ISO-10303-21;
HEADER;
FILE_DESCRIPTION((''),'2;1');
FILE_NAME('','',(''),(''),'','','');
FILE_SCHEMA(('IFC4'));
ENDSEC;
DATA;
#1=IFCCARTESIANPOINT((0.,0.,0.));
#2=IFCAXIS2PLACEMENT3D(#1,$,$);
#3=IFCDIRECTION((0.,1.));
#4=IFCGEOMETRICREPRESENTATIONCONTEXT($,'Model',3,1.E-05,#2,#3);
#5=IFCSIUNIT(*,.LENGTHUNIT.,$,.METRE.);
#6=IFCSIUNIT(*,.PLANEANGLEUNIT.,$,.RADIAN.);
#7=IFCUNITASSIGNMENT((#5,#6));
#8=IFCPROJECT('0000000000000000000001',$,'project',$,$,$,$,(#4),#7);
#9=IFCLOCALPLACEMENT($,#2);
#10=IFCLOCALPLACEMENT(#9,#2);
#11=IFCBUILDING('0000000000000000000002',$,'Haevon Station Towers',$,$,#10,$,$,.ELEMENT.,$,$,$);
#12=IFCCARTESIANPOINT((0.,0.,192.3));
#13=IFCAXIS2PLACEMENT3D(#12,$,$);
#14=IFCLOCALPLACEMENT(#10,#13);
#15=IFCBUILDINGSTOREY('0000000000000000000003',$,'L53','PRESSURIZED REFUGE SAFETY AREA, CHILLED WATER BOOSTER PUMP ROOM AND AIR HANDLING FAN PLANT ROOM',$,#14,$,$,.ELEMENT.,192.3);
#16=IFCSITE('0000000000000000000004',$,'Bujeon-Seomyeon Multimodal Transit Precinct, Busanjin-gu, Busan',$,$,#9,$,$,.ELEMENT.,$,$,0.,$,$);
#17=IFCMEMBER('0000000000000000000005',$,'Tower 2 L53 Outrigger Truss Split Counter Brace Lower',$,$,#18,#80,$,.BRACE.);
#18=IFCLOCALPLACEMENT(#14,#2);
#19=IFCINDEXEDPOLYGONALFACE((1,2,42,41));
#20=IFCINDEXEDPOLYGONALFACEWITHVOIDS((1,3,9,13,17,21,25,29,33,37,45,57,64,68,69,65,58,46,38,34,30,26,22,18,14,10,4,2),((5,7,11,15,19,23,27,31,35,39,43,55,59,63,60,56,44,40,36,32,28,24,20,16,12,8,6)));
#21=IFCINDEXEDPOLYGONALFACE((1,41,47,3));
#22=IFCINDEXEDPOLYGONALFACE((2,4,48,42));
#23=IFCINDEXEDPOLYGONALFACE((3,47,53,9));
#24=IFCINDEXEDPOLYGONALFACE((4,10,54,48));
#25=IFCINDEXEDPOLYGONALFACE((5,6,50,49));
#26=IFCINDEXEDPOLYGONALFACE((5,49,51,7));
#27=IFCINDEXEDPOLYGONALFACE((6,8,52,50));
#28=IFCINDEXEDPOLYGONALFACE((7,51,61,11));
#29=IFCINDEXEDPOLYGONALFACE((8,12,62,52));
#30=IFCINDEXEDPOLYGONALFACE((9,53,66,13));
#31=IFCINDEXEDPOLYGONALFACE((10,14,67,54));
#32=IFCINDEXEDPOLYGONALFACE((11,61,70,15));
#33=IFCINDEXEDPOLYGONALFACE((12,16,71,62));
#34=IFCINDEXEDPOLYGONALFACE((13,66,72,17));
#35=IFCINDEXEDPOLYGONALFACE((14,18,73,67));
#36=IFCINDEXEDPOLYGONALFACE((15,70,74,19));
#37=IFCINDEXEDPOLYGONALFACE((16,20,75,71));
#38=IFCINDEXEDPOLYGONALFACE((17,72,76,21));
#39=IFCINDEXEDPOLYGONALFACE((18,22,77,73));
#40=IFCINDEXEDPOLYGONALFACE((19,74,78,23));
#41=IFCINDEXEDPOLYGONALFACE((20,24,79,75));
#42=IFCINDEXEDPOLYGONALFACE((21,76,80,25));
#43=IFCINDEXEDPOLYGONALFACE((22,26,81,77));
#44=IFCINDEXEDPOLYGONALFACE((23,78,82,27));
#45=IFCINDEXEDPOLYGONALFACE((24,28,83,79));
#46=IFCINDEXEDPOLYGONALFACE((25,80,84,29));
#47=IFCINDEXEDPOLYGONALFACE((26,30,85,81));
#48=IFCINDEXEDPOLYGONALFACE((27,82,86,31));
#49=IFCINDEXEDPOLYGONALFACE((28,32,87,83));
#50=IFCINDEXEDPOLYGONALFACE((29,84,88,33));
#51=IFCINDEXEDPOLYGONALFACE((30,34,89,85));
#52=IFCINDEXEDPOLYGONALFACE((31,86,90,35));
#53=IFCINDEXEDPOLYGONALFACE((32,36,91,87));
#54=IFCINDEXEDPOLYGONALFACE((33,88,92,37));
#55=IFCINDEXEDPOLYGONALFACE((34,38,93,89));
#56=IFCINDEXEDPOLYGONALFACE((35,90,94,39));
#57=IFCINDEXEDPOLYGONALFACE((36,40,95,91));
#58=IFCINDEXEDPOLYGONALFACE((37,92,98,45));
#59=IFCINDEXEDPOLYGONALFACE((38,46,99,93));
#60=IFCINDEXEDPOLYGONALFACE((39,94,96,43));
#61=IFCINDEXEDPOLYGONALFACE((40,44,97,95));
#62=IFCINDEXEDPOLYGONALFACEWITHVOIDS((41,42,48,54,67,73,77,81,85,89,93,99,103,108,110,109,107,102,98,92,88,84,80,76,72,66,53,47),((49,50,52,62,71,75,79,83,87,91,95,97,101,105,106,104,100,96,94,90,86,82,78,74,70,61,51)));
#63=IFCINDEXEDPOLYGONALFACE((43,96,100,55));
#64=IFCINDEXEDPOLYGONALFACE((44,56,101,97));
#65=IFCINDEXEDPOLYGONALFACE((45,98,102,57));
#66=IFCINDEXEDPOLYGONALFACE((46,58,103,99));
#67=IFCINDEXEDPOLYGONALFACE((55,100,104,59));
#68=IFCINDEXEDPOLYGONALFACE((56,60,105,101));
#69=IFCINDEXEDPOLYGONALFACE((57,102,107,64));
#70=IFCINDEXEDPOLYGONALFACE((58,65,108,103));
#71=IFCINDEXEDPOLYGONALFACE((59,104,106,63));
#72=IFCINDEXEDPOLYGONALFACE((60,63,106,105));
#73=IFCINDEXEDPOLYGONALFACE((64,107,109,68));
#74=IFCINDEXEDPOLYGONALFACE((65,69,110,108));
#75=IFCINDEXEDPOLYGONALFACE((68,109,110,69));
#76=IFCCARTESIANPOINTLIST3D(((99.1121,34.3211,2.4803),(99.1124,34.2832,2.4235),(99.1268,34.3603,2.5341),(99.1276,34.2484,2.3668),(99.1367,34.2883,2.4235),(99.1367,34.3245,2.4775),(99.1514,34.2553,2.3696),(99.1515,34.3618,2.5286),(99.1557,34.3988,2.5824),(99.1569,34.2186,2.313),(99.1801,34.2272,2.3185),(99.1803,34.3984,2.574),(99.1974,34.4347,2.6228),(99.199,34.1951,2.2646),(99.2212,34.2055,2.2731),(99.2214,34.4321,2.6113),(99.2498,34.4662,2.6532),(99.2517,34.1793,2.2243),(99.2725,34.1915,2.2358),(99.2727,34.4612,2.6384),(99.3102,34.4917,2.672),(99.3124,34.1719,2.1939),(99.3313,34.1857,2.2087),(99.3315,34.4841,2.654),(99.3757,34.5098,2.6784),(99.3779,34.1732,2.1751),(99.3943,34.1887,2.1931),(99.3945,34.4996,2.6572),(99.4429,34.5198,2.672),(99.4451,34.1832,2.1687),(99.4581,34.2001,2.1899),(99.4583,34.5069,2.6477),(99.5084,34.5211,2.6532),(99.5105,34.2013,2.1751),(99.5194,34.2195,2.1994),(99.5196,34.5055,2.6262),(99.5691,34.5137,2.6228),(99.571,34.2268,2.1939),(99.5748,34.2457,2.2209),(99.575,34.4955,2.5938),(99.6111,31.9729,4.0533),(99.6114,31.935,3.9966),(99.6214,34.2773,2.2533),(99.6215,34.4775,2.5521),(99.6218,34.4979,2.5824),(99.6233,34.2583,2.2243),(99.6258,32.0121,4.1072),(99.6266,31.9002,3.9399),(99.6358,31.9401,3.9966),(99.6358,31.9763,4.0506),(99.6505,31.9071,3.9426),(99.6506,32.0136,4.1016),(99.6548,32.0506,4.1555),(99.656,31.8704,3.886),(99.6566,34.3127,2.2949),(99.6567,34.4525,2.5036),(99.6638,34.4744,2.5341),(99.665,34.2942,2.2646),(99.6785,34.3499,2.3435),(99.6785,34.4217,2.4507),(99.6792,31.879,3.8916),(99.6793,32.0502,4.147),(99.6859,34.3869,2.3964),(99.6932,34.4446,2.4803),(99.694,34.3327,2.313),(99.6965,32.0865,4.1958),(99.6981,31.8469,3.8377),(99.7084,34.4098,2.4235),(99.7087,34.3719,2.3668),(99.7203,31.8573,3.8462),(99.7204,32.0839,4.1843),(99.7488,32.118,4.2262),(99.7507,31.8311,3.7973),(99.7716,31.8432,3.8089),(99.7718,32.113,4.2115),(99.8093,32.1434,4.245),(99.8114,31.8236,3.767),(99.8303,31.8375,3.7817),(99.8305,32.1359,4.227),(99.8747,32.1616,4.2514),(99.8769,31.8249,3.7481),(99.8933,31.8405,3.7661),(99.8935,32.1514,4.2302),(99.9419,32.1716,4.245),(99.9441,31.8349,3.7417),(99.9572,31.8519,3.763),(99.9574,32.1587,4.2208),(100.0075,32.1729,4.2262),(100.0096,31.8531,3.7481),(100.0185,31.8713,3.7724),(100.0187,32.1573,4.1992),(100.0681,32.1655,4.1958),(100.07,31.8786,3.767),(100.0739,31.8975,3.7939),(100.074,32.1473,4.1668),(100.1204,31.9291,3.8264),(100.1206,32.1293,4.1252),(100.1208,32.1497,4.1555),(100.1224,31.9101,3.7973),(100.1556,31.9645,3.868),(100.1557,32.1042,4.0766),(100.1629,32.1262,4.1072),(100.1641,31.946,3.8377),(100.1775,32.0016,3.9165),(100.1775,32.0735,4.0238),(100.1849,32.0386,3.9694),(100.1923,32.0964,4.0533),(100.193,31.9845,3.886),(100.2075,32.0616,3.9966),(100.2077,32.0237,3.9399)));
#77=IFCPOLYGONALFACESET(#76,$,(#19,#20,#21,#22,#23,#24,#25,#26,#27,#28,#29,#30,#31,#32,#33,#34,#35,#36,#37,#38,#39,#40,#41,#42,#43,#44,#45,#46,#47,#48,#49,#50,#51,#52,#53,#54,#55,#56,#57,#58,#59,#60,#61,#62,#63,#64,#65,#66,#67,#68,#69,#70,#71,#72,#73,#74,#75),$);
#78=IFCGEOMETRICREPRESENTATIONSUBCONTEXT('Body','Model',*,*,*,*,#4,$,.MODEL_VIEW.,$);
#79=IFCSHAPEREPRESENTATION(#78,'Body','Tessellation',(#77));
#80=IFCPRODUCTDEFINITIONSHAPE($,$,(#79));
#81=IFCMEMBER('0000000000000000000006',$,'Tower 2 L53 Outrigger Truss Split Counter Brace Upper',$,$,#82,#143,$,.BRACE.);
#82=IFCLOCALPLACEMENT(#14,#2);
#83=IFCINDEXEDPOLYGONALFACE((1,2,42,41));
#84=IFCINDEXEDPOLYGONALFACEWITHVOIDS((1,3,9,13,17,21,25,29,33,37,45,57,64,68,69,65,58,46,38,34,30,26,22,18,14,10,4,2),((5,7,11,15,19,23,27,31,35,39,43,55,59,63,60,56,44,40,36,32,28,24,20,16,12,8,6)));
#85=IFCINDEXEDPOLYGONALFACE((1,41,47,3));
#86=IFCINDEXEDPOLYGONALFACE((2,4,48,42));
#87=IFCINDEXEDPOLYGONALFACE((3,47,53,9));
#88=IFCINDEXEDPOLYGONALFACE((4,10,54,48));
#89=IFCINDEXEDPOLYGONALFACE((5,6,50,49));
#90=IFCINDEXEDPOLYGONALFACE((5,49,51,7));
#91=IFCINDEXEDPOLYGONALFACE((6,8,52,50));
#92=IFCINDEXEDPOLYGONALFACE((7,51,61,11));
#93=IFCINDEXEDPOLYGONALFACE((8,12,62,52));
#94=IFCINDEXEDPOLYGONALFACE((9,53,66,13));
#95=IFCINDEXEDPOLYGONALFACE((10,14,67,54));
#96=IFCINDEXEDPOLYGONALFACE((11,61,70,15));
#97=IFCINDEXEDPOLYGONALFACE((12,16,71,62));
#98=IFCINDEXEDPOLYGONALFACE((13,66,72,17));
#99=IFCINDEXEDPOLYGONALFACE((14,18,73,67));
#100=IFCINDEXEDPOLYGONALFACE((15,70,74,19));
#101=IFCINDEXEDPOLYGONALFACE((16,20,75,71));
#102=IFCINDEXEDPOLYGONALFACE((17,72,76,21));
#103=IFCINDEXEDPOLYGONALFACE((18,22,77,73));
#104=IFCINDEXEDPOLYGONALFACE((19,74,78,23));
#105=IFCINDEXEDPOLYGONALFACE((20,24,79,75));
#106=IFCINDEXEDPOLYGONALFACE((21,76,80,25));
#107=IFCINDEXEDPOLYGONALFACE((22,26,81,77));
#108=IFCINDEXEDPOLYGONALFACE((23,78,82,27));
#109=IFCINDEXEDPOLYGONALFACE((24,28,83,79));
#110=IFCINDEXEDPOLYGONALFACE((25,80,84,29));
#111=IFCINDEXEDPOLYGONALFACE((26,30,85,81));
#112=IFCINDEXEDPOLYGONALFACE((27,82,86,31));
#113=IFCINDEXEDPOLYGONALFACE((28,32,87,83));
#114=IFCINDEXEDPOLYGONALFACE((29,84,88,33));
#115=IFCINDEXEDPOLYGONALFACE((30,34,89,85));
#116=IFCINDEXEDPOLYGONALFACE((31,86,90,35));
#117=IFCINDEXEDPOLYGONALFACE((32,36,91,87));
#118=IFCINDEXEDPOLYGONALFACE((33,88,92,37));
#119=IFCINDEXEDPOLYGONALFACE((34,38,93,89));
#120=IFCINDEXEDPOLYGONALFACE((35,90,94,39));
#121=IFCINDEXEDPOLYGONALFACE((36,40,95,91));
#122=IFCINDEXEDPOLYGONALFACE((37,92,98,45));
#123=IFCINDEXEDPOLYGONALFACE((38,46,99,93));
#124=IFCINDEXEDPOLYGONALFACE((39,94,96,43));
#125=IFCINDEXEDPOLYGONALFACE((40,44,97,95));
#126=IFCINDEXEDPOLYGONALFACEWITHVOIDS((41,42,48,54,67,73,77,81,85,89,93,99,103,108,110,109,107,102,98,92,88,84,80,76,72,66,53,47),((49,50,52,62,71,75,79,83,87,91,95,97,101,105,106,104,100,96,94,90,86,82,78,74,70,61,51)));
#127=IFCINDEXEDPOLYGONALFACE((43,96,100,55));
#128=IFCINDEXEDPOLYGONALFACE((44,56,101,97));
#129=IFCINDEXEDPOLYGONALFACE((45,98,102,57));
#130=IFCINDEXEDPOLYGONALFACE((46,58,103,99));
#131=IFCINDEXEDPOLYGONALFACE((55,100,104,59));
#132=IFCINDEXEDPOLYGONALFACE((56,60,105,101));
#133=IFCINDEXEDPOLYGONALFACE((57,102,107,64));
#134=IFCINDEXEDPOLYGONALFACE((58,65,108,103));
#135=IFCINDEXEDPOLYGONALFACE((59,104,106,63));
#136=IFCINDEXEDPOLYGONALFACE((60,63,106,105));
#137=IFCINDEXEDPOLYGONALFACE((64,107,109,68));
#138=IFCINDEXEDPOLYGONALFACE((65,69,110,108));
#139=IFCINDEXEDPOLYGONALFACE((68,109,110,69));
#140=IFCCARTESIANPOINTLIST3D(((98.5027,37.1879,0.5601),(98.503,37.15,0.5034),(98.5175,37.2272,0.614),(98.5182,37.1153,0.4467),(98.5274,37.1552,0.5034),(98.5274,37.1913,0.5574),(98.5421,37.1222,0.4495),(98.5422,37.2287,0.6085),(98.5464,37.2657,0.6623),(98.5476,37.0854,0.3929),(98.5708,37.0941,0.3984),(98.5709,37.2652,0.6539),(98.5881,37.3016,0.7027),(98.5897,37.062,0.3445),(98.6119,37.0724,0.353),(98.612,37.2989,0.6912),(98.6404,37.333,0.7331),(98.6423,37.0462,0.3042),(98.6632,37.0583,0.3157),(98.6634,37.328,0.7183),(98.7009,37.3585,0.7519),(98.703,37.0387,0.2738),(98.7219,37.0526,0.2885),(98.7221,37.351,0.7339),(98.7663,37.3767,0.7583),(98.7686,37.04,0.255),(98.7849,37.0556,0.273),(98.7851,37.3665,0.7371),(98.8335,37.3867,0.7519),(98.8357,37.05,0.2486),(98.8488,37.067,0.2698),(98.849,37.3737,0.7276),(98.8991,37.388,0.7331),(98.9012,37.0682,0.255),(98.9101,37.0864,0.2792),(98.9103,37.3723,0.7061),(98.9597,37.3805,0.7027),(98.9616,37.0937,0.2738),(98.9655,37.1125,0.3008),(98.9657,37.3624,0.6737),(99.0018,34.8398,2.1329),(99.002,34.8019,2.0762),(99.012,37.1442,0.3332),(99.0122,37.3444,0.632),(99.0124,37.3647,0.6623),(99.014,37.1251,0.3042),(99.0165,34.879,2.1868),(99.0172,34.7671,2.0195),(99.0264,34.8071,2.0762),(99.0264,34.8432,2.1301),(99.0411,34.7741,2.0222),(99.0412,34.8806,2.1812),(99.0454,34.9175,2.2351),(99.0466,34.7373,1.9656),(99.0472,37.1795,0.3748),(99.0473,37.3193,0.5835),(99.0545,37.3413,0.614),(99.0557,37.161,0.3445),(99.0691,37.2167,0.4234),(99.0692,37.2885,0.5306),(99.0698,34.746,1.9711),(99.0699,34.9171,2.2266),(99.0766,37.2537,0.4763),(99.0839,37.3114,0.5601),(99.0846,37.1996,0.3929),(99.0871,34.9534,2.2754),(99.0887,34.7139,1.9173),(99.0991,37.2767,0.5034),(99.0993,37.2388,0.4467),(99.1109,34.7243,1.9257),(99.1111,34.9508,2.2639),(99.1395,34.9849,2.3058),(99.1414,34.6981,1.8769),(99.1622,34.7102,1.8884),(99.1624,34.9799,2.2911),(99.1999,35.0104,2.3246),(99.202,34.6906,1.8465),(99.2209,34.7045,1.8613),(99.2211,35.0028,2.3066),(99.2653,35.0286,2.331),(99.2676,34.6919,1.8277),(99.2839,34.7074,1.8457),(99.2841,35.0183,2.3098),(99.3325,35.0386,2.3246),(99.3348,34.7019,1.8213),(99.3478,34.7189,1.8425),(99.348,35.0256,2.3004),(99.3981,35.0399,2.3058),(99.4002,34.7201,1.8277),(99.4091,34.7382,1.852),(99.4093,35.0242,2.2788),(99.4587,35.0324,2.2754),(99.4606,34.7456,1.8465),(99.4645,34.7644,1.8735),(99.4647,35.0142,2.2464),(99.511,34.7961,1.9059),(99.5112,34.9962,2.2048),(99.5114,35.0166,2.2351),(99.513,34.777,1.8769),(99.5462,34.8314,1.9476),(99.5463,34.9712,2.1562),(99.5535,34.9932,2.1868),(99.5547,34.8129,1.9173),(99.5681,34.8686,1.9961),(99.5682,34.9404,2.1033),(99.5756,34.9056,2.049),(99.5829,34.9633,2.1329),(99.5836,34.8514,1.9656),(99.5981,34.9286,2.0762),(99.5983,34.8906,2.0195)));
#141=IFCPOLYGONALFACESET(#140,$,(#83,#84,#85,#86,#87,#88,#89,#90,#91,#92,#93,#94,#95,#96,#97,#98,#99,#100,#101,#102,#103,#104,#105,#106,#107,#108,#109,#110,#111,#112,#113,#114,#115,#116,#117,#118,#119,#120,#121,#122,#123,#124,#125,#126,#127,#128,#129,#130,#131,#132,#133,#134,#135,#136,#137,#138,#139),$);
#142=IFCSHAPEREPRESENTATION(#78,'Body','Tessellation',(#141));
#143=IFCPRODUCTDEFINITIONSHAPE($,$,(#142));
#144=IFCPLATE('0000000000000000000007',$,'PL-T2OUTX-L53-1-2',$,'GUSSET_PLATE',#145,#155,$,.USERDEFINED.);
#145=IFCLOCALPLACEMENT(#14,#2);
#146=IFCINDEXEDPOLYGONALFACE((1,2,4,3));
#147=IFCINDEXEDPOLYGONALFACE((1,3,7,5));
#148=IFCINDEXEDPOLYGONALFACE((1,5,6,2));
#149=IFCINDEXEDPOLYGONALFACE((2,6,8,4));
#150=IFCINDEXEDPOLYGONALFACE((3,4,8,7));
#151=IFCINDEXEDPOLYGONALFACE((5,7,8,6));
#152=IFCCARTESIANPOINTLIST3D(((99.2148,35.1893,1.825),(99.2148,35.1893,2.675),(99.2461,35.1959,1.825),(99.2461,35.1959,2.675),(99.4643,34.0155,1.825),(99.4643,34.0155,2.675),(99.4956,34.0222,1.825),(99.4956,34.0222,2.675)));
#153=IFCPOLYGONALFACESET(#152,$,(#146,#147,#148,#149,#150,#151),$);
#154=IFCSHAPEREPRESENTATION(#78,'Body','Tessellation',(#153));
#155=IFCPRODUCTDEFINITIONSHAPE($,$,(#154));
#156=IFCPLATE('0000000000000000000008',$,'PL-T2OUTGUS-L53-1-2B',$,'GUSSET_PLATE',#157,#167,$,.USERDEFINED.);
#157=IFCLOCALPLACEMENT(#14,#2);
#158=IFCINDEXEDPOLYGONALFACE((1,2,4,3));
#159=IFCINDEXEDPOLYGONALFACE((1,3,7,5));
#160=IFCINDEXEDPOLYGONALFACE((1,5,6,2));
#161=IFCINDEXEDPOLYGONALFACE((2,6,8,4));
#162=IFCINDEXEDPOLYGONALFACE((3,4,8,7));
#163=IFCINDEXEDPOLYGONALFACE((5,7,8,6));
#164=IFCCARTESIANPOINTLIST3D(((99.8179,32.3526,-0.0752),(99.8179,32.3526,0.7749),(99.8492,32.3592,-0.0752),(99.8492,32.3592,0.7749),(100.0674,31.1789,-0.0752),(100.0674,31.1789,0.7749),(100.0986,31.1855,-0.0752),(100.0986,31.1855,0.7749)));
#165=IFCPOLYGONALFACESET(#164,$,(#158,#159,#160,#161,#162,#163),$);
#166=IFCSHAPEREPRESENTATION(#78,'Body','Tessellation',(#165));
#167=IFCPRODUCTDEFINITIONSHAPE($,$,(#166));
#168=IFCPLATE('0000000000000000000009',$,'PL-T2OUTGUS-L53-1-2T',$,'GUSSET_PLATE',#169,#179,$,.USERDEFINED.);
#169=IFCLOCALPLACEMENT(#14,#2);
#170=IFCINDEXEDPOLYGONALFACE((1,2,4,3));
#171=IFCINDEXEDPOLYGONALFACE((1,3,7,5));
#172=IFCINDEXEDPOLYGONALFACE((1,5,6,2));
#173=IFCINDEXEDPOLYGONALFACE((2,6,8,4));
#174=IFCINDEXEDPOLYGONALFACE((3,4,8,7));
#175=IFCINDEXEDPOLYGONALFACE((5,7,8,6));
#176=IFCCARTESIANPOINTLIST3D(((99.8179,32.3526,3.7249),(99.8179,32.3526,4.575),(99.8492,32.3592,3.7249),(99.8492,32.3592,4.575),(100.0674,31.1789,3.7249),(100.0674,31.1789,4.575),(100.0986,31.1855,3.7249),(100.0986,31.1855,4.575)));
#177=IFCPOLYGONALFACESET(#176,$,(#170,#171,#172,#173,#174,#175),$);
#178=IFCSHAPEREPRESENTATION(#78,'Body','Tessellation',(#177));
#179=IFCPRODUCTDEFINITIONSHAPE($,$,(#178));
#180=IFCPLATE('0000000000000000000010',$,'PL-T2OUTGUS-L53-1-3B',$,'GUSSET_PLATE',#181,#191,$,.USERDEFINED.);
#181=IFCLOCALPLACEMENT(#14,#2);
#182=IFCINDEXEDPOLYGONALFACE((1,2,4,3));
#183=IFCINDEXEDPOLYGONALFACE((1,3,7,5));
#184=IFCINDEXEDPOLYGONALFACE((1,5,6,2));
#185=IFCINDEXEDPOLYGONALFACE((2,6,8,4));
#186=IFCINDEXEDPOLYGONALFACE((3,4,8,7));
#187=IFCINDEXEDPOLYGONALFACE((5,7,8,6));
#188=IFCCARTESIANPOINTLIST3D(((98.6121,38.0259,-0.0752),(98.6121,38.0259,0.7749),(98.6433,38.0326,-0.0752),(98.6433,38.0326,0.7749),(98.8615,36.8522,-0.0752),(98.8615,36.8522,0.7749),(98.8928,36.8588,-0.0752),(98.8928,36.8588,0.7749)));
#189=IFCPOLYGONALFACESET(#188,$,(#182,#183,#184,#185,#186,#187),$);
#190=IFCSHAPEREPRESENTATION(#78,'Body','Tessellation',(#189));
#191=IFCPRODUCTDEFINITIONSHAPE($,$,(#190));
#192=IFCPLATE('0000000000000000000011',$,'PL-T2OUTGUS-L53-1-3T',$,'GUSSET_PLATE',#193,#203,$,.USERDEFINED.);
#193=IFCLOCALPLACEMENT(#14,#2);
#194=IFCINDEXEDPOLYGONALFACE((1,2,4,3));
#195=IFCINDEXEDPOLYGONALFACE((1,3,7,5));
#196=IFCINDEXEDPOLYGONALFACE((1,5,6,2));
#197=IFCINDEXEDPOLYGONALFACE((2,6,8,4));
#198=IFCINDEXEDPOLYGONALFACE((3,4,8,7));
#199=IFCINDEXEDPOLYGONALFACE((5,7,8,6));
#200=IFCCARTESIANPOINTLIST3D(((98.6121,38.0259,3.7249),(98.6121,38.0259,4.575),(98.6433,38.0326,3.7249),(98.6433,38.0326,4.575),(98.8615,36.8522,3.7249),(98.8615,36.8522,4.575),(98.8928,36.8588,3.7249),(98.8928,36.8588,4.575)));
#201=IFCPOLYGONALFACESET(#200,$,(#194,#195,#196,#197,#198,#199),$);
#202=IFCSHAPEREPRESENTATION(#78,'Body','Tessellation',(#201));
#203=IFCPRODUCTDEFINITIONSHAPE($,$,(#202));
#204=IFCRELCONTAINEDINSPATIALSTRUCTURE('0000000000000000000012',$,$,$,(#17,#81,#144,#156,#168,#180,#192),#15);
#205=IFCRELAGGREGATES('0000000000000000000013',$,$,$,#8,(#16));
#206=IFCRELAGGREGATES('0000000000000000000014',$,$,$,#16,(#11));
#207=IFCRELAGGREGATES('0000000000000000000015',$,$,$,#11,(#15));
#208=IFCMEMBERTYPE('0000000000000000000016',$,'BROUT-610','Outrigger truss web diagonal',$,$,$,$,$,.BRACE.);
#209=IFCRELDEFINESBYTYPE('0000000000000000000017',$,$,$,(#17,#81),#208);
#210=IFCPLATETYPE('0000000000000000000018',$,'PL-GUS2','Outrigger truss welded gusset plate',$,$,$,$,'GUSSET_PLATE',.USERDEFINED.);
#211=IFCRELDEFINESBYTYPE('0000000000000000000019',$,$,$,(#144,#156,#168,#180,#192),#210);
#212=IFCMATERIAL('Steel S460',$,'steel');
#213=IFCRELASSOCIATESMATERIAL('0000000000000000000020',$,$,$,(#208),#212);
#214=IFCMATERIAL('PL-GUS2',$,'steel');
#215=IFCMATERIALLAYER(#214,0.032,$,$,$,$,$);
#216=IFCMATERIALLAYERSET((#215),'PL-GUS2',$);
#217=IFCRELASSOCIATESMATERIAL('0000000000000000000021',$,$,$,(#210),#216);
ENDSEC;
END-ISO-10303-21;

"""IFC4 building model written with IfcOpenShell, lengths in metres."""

from ifc_helpers import new_model, si_unit, direction, frame, origin, origin_2d, place, context, subcontext, project, spatial, rectangle, hollow_circle, extrude, material, layer, layer_set, material_profile, profile_set, type_object, element, save


model = new_model("IFC4")

# Units and contexts
model_context = context("Model", 3, precision=1e-05, world=origin(), true_north=direction((0.0, 1.0)))
body_context = subcontext(model_context, "Body", "Model", "MODEL_VIEW")
ifc_project = project(units=[si_unit("LENGTHUNIT", "METRE"), si_unit("PLANEANGLEUNIT", "RADIAN")], contexts=[model_context])

# Site, building, storey
site_placement = place(None, origin())
site = spatial("IfcSite", under=ifc_project, at=site_placement, Name="Bujeon-Seomyeon Multimodal Transit Precinct, Busanjin-gu, Busan", CompositionType="ELEMENT", RefElevation=0.0)
building_placement = place(site_placement, origin())
building = spatial("IfcBuilding", under=site, at=building_placement, Name="Haevon Station Towers", CompositionType="ELEMENT")
storey_placement = place(building_placement, frame((0.0, 0.0, 192.3)))
storey = spatial("IfcBuildingStorey", under=building, at=storey_placement, Name="L53", Description="PRESSURIZED REFUGE SAFETY AREA, CHILLED WATER BOOSTER PUMP ROOM AND AIR HANDLING FAN PLANT ROOM", CompositionType="ELEMENT", Elevation=192.3)

# Members
ifc_material_1 = material(Name="Steel S460", Category="steel")
ifc_material_profile_1 = material_profile(ifc_material_1, hollow_circle(Radius=0.3047, WallThickness=0.0249, at=origin_2d()), Name="CHS-609.6x25")
ifc_profile_set_1 = profile_set([ifc_material_profile_1], Name="Steel S460")
member_type = type_object("IfcMemberType", Name="BROUT-610", Description="Outrigger truss web diagonal", PredefinedType="BRACE", material=ifc_profile_set_1)
member_1_placement = place(storey_placement, frame((99.9094, 31.9983, 3.9966), z_axis=(-0.173873, 0.818157, -0.548075), x_axis=(-0.978155, -0.207876, 0.0)))
element("IfcMember", 1, at=member_1_placement, inside=storey, type_object=member_type, Name="Tower 2 L53 Outrigger Truss Split Counter Brace Lower", PredefinedType="BRACE", context=body_context, shape_type="SweptSolid", body=[
    extrude(hollow_circle(Radius=0.3047, WallThickness=0.0249, at=origin_2d()), origin(), (0.0, 0.0, 1.0), 2.8701),
])
member_2_placement = place(storey_placement, frame((99.3, 34.8652, 2.0762), z_axis=(-0.173881, 0.818196, -0.548016), x_axis=(-0.978155, -0.207876, 0.0)))
element("IfcMember", 2, at=member_2_placement, inside=storey, type_object=member_type, Name="Tower 2 L53 Outrigger Truss Split Counter Brace Upper", PredefinedType="BRACE", context=body_context, shape_type="SweptSolid", body=[
    extrude(hollow_circle(Radius=0.3047, WallThickness=0.0249, at=origin_2d()), origin(), (0.0, 0.0, 1.0), 2.8699),
])

# Plates
ifc_material_2 = material(Name="PL-GUS2", Category="steel")
ifc_layer_1 = layer(ifc_material_2, 0.032)
ifc_layer_set_1 = layer_set([ifc_layer_1], Name="PL-GUS2")
plate_type_1 = type_object("IfcPlateType", Name="PL-GUS2", Description="Outrigger truss welded gusset plate", ElementType="GUSSET_PLATE", PredefinedType="USERDEFINED", material=ifc_layer_set_1)
for number, where, z_axis, x_axis, name in (
    (3, (99.3552, 34.6057, 1.825), (0.0, 0.0, 1.0), (-0.207912, 0.978148, 0.0), "PL-T2OUTX-L53-1-2"),
    (4, (99.9583, 31.769, -0.0752), (0.0, 0.0, 1.0), (-0.207912, 0.978148, 0.0), "PL-T2OUTGUS-L53-1-2B"),
    (5, (99.9583, 31.769, 3.7249), (0.0, 0.0, 1.0), (-0.207912, 0.978148, 0.0), "PL-T2OUTGUS-L53-1-2T"),
    (6, (98.7524, 37.4424, -0.0752), (0.0, 0.0, 1.0), (-0.207912, 0.978148, 0.0), "PL-T2OUTGUS-L53-1-3B"),
    (7, (98.7524, 37.4424, 3.7249), (0.0, 0.0, 1.0), (-0.207912, 0.978148, 0.0), "PL-T2OUTGUS-L53-1-3T"),
):
    element("IfcPlate", number, at=place(storey_placement, frame(where, z_axis=z_axis, x_axis=x_axis)), inside=storey, type_object=plate_type_1, Name=name, ObjectType="GUSSET_PLATE", PredefinedType="USERDEFINED", context=body_context, shape_type="SweptSolid", body=[
        extrude(rectangle(XDim=1.2, YDim=0.032, at=origin_2d()), origin(), (0.0, 0.0, 1.0), 0.8501),
    ])

save(model, "model.ifc")
